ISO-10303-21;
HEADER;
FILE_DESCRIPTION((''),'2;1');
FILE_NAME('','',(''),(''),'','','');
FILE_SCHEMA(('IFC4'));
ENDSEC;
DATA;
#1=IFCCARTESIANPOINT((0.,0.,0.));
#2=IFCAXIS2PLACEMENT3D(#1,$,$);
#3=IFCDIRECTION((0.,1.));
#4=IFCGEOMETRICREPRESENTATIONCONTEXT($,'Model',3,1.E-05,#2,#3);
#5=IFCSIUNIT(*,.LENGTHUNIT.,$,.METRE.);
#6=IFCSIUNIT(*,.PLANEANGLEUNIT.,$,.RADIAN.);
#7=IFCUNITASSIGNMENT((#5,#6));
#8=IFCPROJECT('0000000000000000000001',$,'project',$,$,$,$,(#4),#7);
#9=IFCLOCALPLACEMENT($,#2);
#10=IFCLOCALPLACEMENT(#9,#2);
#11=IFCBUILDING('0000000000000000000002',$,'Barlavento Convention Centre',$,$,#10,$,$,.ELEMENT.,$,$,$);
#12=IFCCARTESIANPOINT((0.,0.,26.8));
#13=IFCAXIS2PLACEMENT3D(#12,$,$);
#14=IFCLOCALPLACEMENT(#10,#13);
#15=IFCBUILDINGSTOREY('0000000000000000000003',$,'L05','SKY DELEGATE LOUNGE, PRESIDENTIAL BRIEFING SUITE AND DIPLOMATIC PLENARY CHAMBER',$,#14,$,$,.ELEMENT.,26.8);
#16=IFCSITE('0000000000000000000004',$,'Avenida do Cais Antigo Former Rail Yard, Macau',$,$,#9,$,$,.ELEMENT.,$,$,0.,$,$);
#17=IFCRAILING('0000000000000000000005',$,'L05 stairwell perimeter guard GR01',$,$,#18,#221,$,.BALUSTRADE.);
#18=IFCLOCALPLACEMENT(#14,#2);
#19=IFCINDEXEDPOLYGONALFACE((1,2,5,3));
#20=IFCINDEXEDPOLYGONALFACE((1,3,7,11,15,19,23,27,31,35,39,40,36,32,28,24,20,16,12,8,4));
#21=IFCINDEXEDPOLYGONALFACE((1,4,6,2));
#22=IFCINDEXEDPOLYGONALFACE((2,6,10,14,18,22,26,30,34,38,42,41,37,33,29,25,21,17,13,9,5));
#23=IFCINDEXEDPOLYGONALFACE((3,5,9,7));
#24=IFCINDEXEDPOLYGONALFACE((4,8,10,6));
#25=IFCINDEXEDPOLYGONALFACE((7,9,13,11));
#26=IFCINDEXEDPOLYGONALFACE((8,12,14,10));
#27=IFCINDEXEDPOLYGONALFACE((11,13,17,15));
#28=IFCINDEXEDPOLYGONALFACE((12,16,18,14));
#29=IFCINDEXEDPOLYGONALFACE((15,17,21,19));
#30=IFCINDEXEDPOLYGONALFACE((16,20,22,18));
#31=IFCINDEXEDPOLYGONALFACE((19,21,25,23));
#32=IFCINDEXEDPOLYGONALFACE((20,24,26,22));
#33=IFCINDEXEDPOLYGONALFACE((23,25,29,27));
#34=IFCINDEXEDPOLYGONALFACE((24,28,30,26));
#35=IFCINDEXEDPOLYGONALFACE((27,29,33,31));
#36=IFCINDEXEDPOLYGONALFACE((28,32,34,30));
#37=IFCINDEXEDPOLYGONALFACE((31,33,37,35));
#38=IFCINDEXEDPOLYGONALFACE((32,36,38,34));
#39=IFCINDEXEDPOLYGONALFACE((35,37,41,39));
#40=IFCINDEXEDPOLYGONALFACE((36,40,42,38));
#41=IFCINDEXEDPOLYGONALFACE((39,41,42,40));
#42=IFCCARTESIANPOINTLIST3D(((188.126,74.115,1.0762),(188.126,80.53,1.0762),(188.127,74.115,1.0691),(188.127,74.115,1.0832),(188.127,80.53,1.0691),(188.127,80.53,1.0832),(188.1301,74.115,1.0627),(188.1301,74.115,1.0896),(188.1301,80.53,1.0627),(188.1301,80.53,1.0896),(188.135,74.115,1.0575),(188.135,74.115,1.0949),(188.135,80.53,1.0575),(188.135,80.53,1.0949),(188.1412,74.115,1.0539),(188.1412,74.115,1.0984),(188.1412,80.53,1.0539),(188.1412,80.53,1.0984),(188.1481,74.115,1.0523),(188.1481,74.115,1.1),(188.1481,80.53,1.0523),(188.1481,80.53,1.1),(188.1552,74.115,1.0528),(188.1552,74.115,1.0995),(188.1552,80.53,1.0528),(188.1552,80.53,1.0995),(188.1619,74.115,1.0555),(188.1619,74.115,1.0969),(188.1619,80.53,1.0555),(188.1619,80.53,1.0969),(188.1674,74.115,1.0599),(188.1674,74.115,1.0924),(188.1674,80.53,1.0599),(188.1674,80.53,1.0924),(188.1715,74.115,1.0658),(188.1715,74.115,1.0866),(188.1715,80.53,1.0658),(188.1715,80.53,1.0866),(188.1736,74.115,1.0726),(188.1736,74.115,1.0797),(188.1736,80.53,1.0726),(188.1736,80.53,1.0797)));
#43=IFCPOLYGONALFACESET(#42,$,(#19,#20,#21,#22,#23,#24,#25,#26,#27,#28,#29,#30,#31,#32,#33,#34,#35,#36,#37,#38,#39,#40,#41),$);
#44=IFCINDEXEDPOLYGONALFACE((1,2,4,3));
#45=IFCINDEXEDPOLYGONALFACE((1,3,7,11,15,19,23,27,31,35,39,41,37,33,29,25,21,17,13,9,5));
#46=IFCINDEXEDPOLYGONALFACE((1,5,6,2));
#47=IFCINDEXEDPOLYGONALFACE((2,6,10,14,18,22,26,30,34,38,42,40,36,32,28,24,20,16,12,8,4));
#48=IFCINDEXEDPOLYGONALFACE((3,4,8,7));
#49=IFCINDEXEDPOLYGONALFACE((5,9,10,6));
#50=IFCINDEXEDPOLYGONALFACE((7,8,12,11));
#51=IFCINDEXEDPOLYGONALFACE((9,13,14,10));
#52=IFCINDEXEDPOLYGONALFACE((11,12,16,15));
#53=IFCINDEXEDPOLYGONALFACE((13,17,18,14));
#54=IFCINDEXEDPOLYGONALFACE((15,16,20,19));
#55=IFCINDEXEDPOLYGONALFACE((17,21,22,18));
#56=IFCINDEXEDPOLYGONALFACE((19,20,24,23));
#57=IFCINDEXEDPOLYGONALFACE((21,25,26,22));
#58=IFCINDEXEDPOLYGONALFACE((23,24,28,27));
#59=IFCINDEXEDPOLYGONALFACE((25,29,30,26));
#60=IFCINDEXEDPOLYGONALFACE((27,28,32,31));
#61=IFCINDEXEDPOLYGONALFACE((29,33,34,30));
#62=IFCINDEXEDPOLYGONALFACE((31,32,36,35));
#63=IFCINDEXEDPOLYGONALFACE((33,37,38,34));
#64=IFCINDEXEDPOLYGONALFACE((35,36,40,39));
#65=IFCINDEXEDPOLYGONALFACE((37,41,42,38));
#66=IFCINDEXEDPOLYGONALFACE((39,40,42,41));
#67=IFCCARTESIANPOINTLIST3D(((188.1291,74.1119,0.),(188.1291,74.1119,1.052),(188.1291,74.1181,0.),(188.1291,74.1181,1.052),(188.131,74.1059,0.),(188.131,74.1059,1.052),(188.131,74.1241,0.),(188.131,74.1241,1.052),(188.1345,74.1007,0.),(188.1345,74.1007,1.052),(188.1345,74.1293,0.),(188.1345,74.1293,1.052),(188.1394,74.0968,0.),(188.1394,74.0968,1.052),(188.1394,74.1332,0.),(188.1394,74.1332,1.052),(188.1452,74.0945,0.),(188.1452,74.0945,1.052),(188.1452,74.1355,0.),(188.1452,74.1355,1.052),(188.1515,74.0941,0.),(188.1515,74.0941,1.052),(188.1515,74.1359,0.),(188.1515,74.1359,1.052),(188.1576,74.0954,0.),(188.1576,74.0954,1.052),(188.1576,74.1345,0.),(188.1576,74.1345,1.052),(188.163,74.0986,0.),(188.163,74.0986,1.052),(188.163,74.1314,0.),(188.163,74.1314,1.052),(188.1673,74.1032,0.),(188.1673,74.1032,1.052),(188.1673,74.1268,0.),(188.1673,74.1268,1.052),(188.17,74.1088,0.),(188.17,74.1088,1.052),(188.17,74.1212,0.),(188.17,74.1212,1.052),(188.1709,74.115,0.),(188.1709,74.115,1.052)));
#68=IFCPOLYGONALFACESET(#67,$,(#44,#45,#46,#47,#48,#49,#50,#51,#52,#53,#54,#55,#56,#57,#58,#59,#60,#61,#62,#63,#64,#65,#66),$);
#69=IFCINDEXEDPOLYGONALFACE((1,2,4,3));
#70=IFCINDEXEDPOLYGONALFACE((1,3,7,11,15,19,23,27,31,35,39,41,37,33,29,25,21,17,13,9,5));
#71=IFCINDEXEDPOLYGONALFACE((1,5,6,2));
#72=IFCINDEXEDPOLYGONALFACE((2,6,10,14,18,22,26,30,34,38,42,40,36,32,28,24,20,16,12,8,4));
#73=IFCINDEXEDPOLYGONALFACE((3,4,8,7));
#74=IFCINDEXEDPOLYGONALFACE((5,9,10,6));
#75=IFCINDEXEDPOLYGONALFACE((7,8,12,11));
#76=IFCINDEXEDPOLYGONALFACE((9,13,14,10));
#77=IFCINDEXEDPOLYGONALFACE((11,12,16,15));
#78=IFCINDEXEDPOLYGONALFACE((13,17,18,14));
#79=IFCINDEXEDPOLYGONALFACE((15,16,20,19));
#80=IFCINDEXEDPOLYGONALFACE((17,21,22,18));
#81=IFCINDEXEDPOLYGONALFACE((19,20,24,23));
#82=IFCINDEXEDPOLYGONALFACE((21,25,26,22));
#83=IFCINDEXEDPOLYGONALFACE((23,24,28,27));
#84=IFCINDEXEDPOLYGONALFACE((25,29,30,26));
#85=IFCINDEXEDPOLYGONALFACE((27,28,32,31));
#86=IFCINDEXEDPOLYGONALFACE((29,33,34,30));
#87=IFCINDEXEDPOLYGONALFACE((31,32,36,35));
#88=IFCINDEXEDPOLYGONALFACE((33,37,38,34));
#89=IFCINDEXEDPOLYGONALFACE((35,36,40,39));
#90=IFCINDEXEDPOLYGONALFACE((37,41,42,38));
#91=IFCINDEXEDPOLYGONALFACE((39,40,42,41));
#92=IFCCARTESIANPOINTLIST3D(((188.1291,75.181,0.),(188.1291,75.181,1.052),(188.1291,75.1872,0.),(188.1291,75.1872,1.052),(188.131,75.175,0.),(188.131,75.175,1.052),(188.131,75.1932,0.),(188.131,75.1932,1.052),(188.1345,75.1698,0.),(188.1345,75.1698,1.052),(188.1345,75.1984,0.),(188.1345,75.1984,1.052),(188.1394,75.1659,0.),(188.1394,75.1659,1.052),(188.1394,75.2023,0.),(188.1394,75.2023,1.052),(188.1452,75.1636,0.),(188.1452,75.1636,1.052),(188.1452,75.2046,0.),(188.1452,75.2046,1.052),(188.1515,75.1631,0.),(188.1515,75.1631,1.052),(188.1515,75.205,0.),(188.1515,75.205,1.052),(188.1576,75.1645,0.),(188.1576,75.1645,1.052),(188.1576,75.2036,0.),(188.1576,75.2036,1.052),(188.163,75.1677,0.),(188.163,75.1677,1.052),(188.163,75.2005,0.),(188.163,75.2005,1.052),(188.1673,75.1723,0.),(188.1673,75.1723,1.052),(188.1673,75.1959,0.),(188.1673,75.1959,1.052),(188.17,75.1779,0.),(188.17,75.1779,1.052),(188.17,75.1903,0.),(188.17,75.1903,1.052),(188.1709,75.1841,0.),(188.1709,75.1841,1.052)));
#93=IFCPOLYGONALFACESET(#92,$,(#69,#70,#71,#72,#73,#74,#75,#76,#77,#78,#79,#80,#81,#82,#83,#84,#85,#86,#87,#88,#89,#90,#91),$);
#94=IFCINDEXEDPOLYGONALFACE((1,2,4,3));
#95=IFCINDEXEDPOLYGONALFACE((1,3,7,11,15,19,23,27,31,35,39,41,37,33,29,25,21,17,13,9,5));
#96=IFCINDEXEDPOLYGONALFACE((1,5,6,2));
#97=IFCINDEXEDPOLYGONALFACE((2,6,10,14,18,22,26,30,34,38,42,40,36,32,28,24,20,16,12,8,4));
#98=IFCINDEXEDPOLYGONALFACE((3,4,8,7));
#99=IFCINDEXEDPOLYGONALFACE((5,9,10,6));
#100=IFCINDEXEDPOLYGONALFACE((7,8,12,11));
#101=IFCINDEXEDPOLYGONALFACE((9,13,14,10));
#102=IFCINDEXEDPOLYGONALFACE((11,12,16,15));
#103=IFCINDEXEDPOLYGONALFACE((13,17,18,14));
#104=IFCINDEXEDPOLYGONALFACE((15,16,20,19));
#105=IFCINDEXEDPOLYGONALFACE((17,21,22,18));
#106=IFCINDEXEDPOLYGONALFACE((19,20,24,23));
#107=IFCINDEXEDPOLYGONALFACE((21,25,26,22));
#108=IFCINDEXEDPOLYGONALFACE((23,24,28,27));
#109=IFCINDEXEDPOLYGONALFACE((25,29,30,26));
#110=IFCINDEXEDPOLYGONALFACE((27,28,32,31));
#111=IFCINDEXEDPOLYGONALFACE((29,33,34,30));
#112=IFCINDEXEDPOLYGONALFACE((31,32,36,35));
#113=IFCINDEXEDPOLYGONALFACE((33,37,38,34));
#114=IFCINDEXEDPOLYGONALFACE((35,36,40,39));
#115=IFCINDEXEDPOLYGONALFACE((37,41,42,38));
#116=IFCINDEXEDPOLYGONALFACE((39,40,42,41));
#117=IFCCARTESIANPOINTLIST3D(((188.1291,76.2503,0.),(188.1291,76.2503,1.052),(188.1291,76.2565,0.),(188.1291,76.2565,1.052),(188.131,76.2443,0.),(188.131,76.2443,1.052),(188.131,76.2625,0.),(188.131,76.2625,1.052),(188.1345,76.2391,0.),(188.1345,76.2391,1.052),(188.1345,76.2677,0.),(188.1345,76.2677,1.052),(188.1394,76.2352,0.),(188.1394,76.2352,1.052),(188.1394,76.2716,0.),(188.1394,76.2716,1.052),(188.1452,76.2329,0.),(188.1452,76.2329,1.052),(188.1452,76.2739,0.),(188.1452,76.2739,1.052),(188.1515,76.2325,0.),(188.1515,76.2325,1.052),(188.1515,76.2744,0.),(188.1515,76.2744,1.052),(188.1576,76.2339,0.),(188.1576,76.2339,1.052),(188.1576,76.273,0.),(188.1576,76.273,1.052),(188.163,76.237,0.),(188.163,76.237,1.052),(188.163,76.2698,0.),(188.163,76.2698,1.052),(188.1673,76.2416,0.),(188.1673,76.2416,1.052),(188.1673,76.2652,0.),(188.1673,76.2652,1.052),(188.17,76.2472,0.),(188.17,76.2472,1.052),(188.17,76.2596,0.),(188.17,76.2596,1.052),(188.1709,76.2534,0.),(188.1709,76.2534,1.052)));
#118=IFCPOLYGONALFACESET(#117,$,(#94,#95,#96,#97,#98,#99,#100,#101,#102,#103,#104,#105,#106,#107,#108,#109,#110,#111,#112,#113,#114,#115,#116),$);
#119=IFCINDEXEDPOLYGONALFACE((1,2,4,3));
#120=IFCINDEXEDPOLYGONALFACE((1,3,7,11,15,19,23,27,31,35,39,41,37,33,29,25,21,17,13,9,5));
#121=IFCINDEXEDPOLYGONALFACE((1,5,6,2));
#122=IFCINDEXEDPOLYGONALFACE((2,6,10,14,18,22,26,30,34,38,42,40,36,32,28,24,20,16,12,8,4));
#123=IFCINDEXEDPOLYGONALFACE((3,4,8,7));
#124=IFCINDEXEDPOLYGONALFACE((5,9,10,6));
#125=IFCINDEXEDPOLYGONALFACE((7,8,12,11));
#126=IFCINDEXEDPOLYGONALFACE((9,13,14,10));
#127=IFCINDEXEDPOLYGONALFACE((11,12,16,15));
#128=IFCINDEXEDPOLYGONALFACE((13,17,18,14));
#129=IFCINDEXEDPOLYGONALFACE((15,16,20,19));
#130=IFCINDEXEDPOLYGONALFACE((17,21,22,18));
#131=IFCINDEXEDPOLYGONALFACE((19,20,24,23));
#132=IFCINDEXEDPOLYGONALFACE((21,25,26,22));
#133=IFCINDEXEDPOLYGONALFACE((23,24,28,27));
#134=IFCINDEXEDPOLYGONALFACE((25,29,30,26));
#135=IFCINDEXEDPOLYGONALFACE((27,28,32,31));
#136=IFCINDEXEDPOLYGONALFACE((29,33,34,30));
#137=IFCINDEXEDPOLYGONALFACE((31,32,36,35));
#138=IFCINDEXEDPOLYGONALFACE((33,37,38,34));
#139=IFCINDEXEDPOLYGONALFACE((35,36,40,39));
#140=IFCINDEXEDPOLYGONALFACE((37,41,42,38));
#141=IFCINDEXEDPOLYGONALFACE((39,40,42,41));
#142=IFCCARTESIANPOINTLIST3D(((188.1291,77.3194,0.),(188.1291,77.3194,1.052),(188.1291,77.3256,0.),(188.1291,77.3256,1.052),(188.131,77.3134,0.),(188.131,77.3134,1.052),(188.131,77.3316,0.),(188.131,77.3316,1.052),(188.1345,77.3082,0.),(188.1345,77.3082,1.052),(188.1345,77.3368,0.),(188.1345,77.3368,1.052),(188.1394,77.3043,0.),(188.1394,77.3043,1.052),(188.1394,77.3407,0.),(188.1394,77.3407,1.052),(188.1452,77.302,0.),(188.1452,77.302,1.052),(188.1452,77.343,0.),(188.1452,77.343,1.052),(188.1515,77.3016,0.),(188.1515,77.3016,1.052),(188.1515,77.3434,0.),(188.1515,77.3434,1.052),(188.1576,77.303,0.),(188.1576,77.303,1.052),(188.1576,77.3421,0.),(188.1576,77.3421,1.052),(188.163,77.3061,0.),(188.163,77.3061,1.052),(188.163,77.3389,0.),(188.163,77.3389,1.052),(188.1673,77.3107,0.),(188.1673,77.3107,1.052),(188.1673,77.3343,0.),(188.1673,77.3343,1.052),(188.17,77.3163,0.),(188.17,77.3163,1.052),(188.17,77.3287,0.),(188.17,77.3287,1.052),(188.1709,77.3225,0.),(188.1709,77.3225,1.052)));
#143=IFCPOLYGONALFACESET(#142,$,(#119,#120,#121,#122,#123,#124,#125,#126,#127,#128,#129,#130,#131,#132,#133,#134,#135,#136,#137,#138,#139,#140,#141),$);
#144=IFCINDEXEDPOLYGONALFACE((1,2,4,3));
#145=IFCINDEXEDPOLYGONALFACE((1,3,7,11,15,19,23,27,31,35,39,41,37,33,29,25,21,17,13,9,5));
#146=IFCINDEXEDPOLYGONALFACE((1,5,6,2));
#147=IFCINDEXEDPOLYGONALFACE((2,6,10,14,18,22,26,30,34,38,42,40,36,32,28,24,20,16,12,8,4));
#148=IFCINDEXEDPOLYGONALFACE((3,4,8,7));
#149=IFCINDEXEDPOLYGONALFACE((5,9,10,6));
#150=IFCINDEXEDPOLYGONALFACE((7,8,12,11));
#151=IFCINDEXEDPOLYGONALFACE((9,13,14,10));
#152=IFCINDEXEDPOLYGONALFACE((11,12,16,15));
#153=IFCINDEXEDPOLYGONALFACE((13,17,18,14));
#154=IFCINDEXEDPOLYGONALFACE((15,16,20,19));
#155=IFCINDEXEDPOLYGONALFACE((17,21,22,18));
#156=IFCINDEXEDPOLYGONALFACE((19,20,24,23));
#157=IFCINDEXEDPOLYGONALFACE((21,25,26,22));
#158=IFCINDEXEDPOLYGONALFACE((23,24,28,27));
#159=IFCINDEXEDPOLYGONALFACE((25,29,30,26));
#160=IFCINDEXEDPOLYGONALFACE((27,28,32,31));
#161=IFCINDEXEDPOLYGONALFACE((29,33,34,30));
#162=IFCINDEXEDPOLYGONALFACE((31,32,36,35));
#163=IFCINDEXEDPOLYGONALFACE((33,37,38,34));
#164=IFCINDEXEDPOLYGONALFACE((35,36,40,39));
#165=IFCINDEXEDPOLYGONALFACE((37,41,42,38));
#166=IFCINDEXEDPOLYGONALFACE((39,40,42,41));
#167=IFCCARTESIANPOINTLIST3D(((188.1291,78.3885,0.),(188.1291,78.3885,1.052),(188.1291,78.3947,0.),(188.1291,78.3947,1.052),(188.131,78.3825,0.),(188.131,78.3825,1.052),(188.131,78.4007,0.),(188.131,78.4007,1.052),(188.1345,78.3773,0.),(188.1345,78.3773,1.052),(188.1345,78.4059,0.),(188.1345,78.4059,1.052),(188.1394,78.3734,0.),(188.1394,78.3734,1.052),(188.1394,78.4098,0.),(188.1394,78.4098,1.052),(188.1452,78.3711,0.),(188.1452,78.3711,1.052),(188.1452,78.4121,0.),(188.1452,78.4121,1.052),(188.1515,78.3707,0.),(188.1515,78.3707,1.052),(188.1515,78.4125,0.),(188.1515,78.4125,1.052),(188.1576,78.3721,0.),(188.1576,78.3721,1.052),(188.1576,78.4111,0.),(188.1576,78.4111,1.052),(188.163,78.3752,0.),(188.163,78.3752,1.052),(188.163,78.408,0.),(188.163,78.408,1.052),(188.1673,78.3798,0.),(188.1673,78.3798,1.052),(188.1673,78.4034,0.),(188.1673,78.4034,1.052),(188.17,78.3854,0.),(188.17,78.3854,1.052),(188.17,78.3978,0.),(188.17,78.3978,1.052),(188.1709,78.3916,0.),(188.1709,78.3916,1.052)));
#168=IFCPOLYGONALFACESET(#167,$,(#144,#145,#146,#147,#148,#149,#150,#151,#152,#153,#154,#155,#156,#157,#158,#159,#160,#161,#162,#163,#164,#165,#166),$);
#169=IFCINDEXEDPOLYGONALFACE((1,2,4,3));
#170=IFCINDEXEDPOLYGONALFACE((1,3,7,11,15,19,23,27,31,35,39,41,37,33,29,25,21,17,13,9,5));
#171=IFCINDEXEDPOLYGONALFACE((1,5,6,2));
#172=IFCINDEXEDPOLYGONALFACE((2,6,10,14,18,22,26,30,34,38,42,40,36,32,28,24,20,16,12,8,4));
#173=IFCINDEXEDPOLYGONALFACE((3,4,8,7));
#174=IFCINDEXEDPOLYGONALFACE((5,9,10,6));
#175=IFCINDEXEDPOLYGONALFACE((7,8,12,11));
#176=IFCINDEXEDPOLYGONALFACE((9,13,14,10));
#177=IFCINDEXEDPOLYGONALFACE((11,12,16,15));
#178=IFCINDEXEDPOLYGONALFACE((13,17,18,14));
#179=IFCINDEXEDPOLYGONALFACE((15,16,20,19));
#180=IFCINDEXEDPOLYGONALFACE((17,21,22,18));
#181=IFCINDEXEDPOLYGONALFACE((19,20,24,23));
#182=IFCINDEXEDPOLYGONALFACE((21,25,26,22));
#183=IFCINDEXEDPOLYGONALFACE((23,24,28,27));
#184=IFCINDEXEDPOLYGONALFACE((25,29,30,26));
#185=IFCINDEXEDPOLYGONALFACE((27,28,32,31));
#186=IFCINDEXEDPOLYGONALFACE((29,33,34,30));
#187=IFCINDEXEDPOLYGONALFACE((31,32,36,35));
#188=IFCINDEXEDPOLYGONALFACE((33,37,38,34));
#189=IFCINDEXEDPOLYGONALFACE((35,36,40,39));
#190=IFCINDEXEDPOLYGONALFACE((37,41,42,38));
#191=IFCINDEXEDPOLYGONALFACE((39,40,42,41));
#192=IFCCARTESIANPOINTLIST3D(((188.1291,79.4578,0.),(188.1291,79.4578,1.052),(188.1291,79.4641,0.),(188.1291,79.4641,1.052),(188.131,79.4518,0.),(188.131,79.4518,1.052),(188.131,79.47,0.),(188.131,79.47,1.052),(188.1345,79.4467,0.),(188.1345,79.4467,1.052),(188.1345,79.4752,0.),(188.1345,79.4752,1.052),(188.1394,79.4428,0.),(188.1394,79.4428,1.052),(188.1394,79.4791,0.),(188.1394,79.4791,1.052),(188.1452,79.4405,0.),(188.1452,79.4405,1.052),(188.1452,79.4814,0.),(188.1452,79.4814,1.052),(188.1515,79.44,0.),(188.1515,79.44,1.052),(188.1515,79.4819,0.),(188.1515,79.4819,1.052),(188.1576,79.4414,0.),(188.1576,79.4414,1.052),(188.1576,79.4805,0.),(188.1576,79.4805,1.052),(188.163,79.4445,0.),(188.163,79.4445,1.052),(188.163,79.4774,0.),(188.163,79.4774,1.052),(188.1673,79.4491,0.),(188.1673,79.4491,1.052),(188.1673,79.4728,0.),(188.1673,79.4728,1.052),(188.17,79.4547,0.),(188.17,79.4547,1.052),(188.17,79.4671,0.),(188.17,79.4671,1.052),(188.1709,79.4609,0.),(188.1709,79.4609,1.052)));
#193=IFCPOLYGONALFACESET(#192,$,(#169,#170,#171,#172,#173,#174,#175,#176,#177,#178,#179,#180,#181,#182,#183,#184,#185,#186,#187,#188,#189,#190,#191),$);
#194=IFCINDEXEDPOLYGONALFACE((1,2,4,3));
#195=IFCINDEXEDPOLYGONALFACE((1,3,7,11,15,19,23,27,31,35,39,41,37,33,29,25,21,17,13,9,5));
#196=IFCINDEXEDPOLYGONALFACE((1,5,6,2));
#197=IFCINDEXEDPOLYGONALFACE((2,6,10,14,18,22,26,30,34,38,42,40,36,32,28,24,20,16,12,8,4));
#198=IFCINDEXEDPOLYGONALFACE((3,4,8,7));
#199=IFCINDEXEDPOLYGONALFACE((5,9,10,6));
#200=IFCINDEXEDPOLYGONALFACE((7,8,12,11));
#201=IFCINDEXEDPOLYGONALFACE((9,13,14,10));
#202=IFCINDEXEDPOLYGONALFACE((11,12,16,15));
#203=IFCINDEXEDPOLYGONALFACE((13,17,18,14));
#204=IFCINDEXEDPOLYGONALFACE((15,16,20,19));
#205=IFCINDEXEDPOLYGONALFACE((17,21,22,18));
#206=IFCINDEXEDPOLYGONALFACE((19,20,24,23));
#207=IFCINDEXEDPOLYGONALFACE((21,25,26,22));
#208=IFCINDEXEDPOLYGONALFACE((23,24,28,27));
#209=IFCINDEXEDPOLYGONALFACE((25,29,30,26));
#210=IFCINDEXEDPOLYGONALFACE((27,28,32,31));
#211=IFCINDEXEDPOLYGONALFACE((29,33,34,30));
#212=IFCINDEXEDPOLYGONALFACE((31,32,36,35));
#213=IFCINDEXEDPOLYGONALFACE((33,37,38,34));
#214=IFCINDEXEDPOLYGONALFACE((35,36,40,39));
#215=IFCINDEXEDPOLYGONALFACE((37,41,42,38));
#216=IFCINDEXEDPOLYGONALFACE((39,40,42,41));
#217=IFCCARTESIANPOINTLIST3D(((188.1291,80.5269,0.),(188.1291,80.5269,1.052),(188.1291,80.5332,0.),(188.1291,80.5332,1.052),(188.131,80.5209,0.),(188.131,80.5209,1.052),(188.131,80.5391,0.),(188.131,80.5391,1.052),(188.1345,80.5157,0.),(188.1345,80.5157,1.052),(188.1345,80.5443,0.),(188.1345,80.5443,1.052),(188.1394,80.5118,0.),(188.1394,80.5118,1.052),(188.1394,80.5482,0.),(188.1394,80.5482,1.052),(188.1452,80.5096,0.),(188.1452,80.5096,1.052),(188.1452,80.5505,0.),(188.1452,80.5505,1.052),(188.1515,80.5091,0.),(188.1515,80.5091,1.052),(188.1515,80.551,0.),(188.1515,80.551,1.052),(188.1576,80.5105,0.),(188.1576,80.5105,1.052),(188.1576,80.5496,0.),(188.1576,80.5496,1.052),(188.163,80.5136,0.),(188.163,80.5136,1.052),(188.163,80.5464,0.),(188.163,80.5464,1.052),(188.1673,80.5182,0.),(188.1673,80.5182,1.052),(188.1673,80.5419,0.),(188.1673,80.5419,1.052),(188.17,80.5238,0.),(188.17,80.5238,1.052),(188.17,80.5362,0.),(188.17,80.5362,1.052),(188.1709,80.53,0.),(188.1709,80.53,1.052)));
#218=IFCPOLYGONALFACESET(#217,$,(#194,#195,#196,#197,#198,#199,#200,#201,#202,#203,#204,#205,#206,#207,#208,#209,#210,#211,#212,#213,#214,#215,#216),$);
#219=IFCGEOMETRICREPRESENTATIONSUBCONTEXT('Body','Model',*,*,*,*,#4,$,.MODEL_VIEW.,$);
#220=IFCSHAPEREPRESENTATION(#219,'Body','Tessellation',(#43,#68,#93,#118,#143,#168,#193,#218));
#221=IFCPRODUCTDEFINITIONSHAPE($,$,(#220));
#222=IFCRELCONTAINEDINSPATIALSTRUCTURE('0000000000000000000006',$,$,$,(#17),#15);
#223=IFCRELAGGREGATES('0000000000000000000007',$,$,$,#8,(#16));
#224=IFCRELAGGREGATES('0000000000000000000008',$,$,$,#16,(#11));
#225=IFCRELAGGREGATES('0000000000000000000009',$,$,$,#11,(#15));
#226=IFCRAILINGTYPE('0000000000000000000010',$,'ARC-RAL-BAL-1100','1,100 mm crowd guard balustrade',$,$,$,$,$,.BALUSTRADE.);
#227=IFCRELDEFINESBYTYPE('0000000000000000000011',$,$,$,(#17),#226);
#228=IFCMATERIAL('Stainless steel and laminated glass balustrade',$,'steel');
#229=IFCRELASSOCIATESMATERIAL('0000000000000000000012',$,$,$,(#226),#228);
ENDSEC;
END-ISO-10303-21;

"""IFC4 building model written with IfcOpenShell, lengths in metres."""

from ifc_helpers import new_model, si_unit, direction, frame, origin, origin_2d, place, context, subcontext, project, spatial, circle, extrude, material, type_object, element, save


model = new_model("IFC4")

# Units and contexts
model_context = context("Model", 3, precision=1e-05, world=origin(), true_north=direction((0.0, 1.0)))
body_context = subcontext(model_context, "Body", "Model", "MODEL_VIEW")
ifc_project = project(units=[si_unit("LENGTHUNIT", "METRE"), si_unit("PLANEANGLEUNIT", "RADIAN")], contexts=[model_context])

# Site, building, storey
site_placement = place(None, origin())
site = spatial("IfcSite", under=ifc_project, at=site_placement, Name="Avenida do Cais Antigo Former Rail Yard, Macau", CompositionType="ELEMENT", RefElevation=0.0)
building_placement = place(site_placement, origin())
building = spatial("IfcBuilding", under=site, at=building_placement, Name="Barlavento Convention Centre", CompositionType="ELEMENT")
storey_placement = place(building_placement, frame((0.0, 0.0, 26.8)))
storey = spatial("IfcBuildingStorey", under=building, at=storey_placement, Name="L05", Description="SKY DELEGATE LOUNGE, PRESIDENTIAL BRIEFING SUITE AND DIPLOMATIC PLENARY CHAMBER", CompositionType="ELEMENT", Elevation=26.8)

# Railing
ifc_material_1 = material(Name="Stainless steel and laminated glass balustrade", Category="steel")
railing_type = type_object("IfcRailingType", Name="ARC-RAL-BAL-1100", Description="1,100 mm crowd guard balustrade", PredefinedType="BALUSTRADE", material=ifc_material_1)
railing_1_placement = place(storey_placement, frame((188.1499, 74.115, 0.0)))
element("IfcRailing", 1, at=railing_1_placement, inside=storey, type_object=railing_type, Name="L05 stairwell perimeter guard GR01", PredefinedType="BALUSTRADE", context=body_context, shape_type="SweptSolid", body=[
    extrude(circle(Radius=0.0239, at=origin_2d()), frame((0.0, 0.0, 1.0762), z_axis=(0.0, 1.0, 0.0), x_axis=(-1.0, 0.0, 0.0)), (0.0, 0.0, 1.0), 6.415),
    extrude(circle(Radius=0.021, at=origin_2d()), origin(), (0.0, 0.0, 1.0), 1.052),
    extrude(circle(Radius=0.021, at=origin_2d()), frame((0.0, 1.0691, 0.0)), (0.0, 0.0, 1.0), 1.052),
    extrude(circle(Radius=0.021, at=origin_2d()), frame((0.0, 2.1384, 0.0)), (0.0, 0.0, 1.0), 1.052),
    extrude(circle(Radius=0.021, at=origin_2d()), frame((0.0, 3.2075, 0.0)), (0.0, 0.0, 1.0), 1.052),
    extrude(circle(Radius=0.021, at=origin_2d()), frame((0.0, 4.2766, 0.0)), (0.0, 0.0, 1.0), 1.052),
    extrude(circle(Radius=0.021, at=origin_2d()), frame((0.0, 5.3459, 0.0)), (0.0, 0.0, 1.0), 1.052),
    extrude(circle(Radius=0.021, at=origin_2d()), frame((0.0, 6.415, 0.0)), (0.0, 0.0, 1.0), 1.052),
])

save(model, "model.ifc")
